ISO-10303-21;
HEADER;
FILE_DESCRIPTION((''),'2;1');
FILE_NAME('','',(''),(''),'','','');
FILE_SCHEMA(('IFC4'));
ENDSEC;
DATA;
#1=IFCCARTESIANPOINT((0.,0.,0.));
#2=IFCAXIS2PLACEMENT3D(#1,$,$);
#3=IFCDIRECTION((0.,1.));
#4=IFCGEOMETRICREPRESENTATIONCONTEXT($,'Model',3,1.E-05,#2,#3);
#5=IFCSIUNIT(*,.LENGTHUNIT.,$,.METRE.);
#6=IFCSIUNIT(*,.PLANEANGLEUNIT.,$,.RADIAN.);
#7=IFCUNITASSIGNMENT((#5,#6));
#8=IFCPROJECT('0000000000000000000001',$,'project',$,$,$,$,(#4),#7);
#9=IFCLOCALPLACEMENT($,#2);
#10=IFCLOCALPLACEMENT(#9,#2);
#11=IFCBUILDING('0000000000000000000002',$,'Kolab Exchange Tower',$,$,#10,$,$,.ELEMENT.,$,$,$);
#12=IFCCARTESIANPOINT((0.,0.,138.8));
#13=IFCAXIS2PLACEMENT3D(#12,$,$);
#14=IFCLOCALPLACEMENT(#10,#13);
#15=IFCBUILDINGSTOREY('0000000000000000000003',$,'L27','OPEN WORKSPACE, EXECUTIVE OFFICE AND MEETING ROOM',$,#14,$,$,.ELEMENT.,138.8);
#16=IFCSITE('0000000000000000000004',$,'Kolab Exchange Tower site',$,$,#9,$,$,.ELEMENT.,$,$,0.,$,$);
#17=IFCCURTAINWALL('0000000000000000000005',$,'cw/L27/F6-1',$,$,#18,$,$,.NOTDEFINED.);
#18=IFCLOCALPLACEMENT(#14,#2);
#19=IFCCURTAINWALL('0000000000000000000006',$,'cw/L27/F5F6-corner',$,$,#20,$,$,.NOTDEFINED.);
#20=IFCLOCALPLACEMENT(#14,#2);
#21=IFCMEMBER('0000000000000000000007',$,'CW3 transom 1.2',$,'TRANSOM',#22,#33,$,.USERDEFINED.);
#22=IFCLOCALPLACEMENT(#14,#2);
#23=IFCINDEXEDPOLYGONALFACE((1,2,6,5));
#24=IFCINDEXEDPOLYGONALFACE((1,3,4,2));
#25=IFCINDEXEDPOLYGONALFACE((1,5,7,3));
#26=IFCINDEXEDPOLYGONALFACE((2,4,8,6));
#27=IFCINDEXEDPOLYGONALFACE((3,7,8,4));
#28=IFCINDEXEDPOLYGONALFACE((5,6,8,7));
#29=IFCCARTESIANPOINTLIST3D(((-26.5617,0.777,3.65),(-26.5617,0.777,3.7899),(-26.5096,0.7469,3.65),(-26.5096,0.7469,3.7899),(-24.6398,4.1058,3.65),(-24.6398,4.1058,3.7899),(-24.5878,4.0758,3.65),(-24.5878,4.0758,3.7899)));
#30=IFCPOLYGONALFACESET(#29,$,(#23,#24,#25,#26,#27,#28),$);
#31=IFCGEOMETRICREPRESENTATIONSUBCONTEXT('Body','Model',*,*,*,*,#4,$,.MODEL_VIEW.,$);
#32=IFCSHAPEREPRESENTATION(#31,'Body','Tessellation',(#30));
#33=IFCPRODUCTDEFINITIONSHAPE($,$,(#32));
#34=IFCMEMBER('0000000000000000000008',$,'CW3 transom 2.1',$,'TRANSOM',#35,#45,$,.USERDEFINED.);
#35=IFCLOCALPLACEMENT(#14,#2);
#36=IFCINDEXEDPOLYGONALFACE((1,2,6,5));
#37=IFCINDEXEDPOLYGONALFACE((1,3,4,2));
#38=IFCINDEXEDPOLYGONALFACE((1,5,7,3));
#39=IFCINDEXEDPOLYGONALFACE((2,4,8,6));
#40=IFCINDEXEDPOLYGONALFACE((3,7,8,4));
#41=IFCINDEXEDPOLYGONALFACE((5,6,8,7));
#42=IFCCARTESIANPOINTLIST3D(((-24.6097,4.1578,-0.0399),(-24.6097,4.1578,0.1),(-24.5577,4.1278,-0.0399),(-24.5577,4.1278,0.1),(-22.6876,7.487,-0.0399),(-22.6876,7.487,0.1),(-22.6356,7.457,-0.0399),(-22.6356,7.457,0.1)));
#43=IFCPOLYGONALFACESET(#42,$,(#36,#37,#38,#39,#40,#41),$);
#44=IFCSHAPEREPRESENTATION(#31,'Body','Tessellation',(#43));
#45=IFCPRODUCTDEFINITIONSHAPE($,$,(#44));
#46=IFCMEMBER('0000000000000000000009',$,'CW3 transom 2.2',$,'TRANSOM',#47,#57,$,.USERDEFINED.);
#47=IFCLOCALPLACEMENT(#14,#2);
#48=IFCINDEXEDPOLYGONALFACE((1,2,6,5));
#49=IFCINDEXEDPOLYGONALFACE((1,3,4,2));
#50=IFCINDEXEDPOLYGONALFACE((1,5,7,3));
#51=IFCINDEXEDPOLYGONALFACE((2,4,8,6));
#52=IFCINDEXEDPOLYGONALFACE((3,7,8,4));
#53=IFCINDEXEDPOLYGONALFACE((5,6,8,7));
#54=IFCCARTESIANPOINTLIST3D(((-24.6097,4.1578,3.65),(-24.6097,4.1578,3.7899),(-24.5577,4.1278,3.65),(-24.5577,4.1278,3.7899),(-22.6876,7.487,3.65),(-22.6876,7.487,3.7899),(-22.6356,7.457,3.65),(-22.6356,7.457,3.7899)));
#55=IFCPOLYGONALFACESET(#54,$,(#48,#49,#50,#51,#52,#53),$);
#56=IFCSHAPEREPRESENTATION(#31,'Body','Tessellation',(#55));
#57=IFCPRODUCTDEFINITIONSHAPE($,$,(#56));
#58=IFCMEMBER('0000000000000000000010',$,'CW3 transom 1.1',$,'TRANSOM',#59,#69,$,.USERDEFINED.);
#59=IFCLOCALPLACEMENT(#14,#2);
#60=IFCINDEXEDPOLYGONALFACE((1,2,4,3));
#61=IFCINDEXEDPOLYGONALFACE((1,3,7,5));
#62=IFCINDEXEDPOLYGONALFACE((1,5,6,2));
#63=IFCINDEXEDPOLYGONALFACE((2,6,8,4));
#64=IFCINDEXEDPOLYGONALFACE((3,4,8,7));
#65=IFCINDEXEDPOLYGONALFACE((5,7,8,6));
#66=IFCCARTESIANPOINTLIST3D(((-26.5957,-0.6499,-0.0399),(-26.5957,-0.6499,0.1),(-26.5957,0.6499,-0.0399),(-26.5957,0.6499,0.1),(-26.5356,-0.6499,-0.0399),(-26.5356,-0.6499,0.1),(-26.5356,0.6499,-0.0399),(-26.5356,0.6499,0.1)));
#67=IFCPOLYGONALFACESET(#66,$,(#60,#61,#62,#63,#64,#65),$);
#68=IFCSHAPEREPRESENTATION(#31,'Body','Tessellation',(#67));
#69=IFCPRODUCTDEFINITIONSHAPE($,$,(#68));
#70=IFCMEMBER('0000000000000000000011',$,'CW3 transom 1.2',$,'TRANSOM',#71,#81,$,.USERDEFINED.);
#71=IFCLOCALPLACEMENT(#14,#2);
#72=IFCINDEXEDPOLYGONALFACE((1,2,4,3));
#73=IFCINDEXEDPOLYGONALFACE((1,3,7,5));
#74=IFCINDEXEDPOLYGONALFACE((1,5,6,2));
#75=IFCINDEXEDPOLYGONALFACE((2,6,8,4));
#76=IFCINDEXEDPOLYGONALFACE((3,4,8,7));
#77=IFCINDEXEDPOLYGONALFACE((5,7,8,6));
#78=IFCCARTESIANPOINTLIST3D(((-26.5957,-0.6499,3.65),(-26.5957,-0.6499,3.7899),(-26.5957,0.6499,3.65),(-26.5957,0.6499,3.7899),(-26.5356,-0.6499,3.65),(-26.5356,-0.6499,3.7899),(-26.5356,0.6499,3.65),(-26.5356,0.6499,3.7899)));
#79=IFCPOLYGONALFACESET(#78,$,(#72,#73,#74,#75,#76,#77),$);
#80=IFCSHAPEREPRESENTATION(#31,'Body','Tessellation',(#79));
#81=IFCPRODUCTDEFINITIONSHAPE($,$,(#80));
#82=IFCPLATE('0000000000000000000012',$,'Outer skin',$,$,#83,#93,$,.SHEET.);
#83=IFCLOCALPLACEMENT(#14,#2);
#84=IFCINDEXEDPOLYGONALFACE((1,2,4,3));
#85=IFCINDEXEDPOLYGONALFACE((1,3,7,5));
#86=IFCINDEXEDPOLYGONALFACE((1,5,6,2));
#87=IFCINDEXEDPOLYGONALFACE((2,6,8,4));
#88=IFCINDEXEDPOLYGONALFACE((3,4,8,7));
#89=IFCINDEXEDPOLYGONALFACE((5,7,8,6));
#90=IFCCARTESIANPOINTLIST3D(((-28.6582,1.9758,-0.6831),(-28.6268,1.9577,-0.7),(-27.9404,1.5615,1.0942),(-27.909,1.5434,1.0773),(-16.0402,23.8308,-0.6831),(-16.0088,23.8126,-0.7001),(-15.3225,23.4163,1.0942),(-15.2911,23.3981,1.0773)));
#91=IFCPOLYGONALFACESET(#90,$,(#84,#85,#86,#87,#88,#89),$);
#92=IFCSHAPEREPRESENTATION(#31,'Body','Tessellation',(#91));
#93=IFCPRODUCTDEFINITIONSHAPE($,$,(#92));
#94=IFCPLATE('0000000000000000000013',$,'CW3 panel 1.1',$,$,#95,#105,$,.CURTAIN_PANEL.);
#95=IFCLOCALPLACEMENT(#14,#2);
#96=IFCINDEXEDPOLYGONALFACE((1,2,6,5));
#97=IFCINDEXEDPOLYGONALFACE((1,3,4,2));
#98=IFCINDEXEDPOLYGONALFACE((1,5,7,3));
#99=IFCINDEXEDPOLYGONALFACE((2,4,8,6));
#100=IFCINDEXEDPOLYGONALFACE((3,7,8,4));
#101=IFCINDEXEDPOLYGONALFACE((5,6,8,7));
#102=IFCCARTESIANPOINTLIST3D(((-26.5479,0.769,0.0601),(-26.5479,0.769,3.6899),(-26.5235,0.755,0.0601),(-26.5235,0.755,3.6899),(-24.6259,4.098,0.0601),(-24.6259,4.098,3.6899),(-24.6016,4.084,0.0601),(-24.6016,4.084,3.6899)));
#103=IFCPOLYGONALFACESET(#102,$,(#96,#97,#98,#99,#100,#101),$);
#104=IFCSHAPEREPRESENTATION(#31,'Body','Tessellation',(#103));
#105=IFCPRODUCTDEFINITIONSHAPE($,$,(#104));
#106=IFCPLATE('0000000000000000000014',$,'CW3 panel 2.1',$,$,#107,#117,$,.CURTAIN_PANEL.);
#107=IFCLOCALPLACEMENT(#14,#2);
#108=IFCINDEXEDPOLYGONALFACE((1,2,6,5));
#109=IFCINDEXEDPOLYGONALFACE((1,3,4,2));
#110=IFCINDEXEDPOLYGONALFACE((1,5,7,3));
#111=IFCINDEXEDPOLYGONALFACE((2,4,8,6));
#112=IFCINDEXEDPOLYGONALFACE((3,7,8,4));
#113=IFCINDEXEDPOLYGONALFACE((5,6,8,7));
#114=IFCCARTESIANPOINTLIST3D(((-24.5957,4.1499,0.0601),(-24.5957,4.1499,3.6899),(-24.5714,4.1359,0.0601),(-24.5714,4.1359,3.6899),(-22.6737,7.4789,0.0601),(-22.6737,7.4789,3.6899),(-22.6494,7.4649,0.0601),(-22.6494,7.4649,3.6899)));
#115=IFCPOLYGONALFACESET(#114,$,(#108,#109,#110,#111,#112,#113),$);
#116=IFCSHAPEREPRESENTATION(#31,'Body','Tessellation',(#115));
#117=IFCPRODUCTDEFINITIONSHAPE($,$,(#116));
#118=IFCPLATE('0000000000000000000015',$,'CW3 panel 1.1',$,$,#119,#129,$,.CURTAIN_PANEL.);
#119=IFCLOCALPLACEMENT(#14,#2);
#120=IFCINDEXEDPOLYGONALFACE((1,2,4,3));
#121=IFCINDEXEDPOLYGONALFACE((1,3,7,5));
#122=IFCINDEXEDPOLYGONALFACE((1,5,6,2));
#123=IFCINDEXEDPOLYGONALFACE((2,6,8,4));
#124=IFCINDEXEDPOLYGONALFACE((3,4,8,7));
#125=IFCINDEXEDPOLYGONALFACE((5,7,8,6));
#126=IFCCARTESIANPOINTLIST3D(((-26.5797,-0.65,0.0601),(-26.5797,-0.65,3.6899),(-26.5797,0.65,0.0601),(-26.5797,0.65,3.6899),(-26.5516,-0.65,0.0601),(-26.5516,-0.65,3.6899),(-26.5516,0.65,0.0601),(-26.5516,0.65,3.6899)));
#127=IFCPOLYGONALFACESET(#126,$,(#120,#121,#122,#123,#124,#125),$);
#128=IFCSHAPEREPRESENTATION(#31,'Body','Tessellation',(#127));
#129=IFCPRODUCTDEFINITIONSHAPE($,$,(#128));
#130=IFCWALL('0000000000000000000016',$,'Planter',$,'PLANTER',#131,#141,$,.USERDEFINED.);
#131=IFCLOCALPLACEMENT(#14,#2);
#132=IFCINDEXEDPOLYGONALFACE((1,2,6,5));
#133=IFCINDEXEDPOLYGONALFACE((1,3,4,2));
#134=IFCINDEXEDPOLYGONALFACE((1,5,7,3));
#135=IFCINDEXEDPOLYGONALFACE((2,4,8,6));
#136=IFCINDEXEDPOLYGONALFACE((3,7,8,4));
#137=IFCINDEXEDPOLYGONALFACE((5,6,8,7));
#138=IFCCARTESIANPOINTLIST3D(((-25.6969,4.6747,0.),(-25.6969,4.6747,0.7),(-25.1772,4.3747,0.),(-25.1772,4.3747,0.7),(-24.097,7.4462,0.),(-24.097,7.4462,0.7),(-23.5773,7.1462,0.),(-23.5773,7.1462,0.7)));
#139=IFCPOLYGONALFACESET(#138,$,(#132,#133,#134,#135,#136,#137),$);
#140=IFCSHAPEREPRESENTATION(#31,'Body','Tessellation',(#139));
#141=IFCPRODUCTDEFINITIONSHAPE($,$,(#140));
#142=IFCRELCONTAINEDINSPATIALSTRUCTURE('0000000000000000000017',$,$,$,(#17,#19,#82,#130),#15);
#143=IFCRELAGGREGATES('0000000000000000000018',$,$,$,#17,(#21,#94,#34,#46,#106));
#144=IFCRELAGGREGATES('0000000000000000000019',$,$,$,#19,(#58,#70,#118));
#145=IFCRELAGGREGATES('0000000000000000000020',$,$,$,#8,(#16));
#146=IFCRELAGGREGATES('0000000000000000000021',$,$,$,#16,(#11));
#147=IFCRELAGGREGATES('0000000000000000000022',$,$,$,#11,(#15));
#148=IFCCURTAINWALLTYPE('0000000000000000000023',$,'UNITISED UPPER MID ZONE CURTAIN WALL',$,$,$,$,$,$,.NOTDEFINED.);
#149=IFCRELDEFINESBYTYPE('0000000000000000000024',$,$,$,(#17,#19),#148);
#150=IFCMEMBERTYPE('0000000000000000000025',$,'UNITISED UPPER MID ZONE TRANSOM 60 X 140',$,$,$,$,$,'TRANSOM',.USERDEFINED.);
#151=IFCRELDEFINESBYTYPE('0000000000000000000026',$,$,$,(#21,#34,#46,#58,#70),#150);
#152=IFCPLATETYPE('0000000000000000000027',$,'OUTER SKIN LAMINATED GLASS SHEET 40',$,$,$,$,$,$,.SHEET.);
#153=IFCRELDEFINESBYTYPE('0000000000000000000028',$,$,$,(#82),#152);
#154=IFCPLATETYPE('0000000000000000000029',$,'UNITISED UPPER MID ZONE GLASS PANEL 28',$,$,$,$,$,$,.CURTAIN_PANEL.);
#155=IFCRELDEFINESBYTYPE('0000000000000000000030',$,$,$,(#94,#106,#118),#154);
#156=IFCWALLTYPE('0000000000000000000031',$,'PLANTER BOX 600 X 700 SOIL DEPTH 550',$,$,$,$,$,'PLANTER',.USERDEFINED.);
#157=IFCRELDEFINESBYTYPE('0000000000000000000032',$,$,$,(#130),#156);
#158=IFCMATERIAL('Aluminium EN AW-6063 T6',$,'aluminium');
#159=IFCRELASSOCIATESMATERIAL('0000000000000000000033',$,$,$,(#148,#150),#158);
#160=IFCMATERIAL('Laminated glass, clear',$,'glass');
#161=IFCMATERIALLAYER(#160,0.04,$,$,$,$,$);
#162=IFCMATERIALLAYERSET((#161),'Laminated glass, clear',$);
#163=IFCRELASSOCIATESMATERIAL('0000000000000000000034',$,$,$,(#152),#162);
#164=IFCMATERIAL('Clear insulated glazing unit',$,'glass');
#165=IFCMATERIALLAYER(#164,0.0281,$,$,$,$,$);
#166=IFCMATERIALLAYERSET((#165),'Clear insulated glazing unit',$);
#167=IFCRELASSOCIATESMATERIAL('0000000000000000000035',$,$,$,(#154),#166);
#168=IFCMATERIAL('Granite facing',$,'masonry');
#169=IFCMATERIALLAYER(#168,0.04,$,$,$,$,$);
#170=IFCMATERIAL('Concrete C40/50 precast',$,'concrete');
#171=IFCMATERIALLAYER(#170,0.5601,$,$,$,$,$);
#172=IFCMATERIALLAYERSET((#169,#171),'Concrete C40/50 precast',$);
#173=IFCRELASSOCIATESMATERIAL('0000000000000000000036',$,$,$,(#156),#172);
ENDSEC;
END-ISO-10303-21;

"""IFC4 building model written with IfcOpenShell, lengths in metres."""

from ifc_helpers import new_model, si_unit, direction, frame, frame_2d, origin, origin_2d, place, context, subcontext, project, spatial, polyline, rectangle, outline, extrude, material, layer, layer_set, material_profile, profile_set, type_object, element, aggregate, save


model = new_model("IFC4")

# Units and contexts
model_context = context("Model", 3, precision=1e-05, world=origin(), true_north=direction((0.0, 1.0)))
body_context = subcontext(model_context, "Body", "Model", "MODEL_VIEW")
ifc_project = project(units=[si_unit("LENGTHUNIT", "METRE"), si_unit("PLANEANGLEUNIT", "RADIAN")], contexts=[model_context])

# Site, building, storey
site_placement = place(None, origin())
site = spatial("IfcSite", under=ifc_project, at=site_placement, Name="Kolab Exchange Tower site", CompositionType="ELEMENT", RefElevation=0.0)
building_placement = place(site_placement, origin())
building = spatial("IfcBuilding", under=site, at=building_placement, Name="Kolab Exchange Tower", CompositionType="ELEMENT")
storey_placement = place(building_placement, frame((0.0, 0.0, 138.8)))
storey = spatial("IfcBuildingStorey", under=building, at=storey_placement, Name="L27", Description="OPEN WORKSPACE, EXECUTIVE OFFICE AND MEETING ROOM", CompositionType="ELEMENT", Elevation=138.8)

# Curtain wall
ifc_material_1 = material(Name="Aluminium EN AW-6063 T6", Category="aluminium")
curtain_wall_type = type_object("IfcCurtainWallType", Name="UNITISED UPPER MID ZONE CURTAIN WALL", PredefinedType="NOTDEFINED", material=ifc_material_1)
curtain_wall_1_placement = place(storey_placement, origin())
curtain_wall_1 = element("IfcCurtainWall", 1, at=curtain_wall_1_placement, inside=storey, type_object=curtain_wall_type, Name="cw/L27/F6-1", PredefinedType="NOTDEFINED")

# Curtain wall
curtain_wall_2_placement = place(storey_placement, origin())
curtain_wall_2 = element("IfcCurtainWall", 2, at=curtain_wall_2_placement, inside=storey, type_object=curtain_wall_type, Name="cw/L27/F5F6-corner", PredefinedType="NOTDEFINED")

# Members
ifc_material_profile_1 = material_profile(ifc_material_1, rectangle(XDim=0.0601, YDim=0.1399, at=origin_2d()), Name="RECT 60X140")
ifc_profile_set_1 = profile_set([ifc_material_profile_1], Name="Aluminium EN AW-6063 T6")
member_type_1 = type_object("IfcMemberType", Name="UNITISED UPPER MID ZONE TRANSOM 60 X 140", ElementType="TRANSOM", PredefinedType="USERDEFINED", material=ifc_profile_set_1)
member_1_placement = place(storey_placement, frame((-26.5356, 0.762, 3.72), z_axis=(0.499992, 0.86603, 0.0), x_axis=(-0.86603, 0.499992, 0.0)))
member_1 = element("IfcMember", 3, at=member_1_placement, type_object=member_type_1, Name="CW3 transom 1.2", ObjectType="TRANSOM", PredefinedType="USERDEFINED", context=body_context, shape_type="SweptSolid", body=[
    extrude(rectangle(XDim=0.0601, YDim=0.1399, at=origin_2d()), origin(), (0.0, 0.0, 1.0), 3.8438),
])
member_2_placement = place(storey_placement, frame((-24.5837, 4.1428, 0.03), z_axis=(0.500012, 0.866018, 0.0), x_axis=(-0.866018, 0.500012, 0.0)))
member_2 = element("IfcMember", 4, at=member_2_placement, type_object=member_type_1, Name="CW3 transom 2.1", ObjectType="TRANSOM", PredefinedType="USERDEFINED", context=body_context, shape_type="SweptSolid", body=[
    extrude(rectangle(XDim=0.0601, YDim=0.1399, at=origin_2d()), origin(), (0.0, 0.0, 1.0), 3.8442),
])
member_3_placement = place(storey_placement, frame((-24.5837, 4.1428, 3.72), z_axis=(0.500012, 0.866018, 0.0), x_axis=(-0.866018, 0.500012, 0.0)))
member_3 = element("IfcMember", 5, at=member_3_placement, type_object=member_type_1, Name="CW3 transom 2.2", ObjectType="TRANSOM", PredefinedType="USERDEFINED", context=body_context, shape_type="SweptSolid", body=[
    extrude(rectangle(XDim=0.0601, YDim=0.1399, at=origin_2d()), origin(), (0.0, 0.0, 1.0), 3.8442),
])
member_4_placement = place(storey_placement, frame((-26.5657, -0.6499, 0.03), z_axis=(0.0, 1.0, 0.0), x_axis=(-1.0, 0.0, 0.0)))
member_4 = element("IfcMember", 6, at=member_4_placement, type_object=member_type_1, Name="CW3 transom 1.1", ObjectType="TRANSOM", PredefinedType="USERDEFINED", context=body_context, shape_type="SweptSolid", body=[
    extrude(rectangle(XDim=0.0601, YDim=0.1399, at=origin_2d()), origin(), (0.0, 0.0, 1.0), 1.2998),
])
member_5_placement = place(storey_placement, frame((-26.5657, -0.6499, 3.72), z_axis=(0.0, 1.0, 0.0), x_axis=(-1.0, 0.0, 0.0)))
member_5 = element("IfcMember", 7, at=member_5_placement, type_object=member_type_1, Name="CW3 transom 1.2", ObjectType="TRANSOM", PredefinedType="USERDEFINED", context=body_context, shape_type="SweptSolid", body=[
    extrude(rectangle(XDim=0.0601, YDim=0.1399, at=origin_2d()), origin(), (0.0, 0.0, 1.0), 1.2998),
])

# Plates
ifc_material_2 = material(Name="Laminated glass, clear", Category="glass")
ifc_layer_1 = layer(ifc_material_2, 0.04)
ifc_layer_set_1 = layer_set([ifc_layer_1], Name="Laminated glass, clear")
plate_type_1 = type_object("IfcPlateType", Name="OUTER SKIN LAMINATED GLASS SHEET 40", PredefinedType="SHEET", material=ifc_layer_set_1)
plate_1_placement = place(storey_placement, frame((-28.6582, 1.9758, -0.6831), z_axis=(-0.784879, 0.453151, 0.422633), x_axis=(0.5, 0.866025, -0.000001)))
element("IfcPlate", 8, at=plate_1_placement, inside=storey, type_object=plate_type_1, Name="Outer skin", PredefinedType="SHEET", context=body_context, shape_type="SweptSolid", body=[
    extrude(outline(polyline([(0.0, 0.0), (25.2359, 0.0), (25.2358, -1.9611), (0.0001, -1.9611), (0.0, 0.0)])), origin(), (0.0, 0.0, -1.0), 0.04),
])
ifc_material_3 = material(Name="Clear insulated glazing unit", Category="glass")
ifc_layer_2 = layer(ifc_material_3, 0.0281)
ifc_layer_set_2 = layer_set([ifc_layer_2], Name="Clear insulated glazing unit")
plate_type_2 = type_object("IfcPlateType", Name="UNITISED UPPER MID ZONE GLASS PANEL 28", PredefinedType="CURTAIN_PANEL", material=ifc_layer_set_2)
plate_2_placement = place(storey_placement, frame((-25.5747, 2.4265, 0.0601), z_axis=(0.0, 0.0, 1.0), x_axis=(0.5, 0.866025, 0.0)))
plate_2 = element("IfcPlate", 9, at=plate_2_placement, type_object=plate_type_2, Name="CW3 panel 1.1", PredefinedType="CURTAIN_PANEL", context=body_context, shape_type="SweptSolid", body=[
    extrude(rectangle(XDim=3.844, YDim=0.0281, at=origin_2d()), origin(), (0.0, 0.0, 1.0), 3.6299),
])
plate_3_placement = place(storey_placement, frame((-23.6226, 5.8074, 0.0601), z_axis=(0.0, 0.0, 1.0), x_axis=(0.5, 0.866025, 0.0)))
plate_3 = element("IfcPlate", 10, at=plate_3_placement, type_object=plate_type_2, Name="CW3 panel 2.1", PredefinedType="CURTAIN_PANEL", context=body_context, shape_type="SweptSolid", body=[
    extrude(rectangle(XDim=3.844, YDim=0.0281, at=origin_2d()), origin(), (0.0, 0.0, 1.0), 3.6299),
])
aggregate(curtain_wall_1, [member_1, plate_2, member_2, member_3, plate_3])
plate_4_placement = place(storey_placement, frame((-26.5657, 0.0, 0.0601), z_axis=(0.0, 0.0, 1.0), x_axis=(0.0, 1.0, 0.0)))
plate_4 = element("IfcPlate", 11, at=plate_4_placement, type_object=plate_type_2, Name="CW3 panel 1.1", PredefinedType="CURTAIN_PANEL", context=body_context, shape_type="SweptSolid", body=[
    extrude(rectangle(XDim=1.3, YDim=0.0281, at=origin_2d()), origin(), (0.0, 0.0, 1.0), 3.6299),
])
aggregate(curtain_wall_2, [member_4, member_5, plate_4])

# Wall
ifc_material_4 = material(Name="Granite facing", Category="masonry")
ifc_layer_3 = layer(ifc_material_4, 0.04)
ifc_material_5 = material(Name="Concrete C40/50 precast", Category="concrete")
ifc_layer_4 = layer(ifc_material_5, 0.5601)
ifc_layer_set_3 = layer_set([ifc_layer_3, ifc_layer_4], Name="Concrete C40/50 precast")
wall_type_1 = type_object("IfcWallType", Name="PLANTER BOX 600 X 700 SOIL DEPTH 550", ElementType="PLANTER", PredefinedType="USERDEFINED", material=ifc_layer_set_3)
wall_1_placement = place(storey_placement, frame((-25.437, 4.5247, 0.0), z_axis=(0.0, 0.0, 1.0), x_axis=(0.499938, 0.866061, 0.0)))
element("IfcWall", 12, at=wall_1_placement, inside=storey, type_object=wall_type_1, Name="Planter", ObjectType="PLANTER", PredefinedType="USERDEFINED", context=body_context, shape_type="SweptSolid", body=[
    extrude(rectangle(XDim=3.2002, YDim=0.6001, at=frame_2d((1.6001, 0.0))), origin(), (0.0, 0.0, 1.0), 0.7),
])

save(model, "model.ifc")
